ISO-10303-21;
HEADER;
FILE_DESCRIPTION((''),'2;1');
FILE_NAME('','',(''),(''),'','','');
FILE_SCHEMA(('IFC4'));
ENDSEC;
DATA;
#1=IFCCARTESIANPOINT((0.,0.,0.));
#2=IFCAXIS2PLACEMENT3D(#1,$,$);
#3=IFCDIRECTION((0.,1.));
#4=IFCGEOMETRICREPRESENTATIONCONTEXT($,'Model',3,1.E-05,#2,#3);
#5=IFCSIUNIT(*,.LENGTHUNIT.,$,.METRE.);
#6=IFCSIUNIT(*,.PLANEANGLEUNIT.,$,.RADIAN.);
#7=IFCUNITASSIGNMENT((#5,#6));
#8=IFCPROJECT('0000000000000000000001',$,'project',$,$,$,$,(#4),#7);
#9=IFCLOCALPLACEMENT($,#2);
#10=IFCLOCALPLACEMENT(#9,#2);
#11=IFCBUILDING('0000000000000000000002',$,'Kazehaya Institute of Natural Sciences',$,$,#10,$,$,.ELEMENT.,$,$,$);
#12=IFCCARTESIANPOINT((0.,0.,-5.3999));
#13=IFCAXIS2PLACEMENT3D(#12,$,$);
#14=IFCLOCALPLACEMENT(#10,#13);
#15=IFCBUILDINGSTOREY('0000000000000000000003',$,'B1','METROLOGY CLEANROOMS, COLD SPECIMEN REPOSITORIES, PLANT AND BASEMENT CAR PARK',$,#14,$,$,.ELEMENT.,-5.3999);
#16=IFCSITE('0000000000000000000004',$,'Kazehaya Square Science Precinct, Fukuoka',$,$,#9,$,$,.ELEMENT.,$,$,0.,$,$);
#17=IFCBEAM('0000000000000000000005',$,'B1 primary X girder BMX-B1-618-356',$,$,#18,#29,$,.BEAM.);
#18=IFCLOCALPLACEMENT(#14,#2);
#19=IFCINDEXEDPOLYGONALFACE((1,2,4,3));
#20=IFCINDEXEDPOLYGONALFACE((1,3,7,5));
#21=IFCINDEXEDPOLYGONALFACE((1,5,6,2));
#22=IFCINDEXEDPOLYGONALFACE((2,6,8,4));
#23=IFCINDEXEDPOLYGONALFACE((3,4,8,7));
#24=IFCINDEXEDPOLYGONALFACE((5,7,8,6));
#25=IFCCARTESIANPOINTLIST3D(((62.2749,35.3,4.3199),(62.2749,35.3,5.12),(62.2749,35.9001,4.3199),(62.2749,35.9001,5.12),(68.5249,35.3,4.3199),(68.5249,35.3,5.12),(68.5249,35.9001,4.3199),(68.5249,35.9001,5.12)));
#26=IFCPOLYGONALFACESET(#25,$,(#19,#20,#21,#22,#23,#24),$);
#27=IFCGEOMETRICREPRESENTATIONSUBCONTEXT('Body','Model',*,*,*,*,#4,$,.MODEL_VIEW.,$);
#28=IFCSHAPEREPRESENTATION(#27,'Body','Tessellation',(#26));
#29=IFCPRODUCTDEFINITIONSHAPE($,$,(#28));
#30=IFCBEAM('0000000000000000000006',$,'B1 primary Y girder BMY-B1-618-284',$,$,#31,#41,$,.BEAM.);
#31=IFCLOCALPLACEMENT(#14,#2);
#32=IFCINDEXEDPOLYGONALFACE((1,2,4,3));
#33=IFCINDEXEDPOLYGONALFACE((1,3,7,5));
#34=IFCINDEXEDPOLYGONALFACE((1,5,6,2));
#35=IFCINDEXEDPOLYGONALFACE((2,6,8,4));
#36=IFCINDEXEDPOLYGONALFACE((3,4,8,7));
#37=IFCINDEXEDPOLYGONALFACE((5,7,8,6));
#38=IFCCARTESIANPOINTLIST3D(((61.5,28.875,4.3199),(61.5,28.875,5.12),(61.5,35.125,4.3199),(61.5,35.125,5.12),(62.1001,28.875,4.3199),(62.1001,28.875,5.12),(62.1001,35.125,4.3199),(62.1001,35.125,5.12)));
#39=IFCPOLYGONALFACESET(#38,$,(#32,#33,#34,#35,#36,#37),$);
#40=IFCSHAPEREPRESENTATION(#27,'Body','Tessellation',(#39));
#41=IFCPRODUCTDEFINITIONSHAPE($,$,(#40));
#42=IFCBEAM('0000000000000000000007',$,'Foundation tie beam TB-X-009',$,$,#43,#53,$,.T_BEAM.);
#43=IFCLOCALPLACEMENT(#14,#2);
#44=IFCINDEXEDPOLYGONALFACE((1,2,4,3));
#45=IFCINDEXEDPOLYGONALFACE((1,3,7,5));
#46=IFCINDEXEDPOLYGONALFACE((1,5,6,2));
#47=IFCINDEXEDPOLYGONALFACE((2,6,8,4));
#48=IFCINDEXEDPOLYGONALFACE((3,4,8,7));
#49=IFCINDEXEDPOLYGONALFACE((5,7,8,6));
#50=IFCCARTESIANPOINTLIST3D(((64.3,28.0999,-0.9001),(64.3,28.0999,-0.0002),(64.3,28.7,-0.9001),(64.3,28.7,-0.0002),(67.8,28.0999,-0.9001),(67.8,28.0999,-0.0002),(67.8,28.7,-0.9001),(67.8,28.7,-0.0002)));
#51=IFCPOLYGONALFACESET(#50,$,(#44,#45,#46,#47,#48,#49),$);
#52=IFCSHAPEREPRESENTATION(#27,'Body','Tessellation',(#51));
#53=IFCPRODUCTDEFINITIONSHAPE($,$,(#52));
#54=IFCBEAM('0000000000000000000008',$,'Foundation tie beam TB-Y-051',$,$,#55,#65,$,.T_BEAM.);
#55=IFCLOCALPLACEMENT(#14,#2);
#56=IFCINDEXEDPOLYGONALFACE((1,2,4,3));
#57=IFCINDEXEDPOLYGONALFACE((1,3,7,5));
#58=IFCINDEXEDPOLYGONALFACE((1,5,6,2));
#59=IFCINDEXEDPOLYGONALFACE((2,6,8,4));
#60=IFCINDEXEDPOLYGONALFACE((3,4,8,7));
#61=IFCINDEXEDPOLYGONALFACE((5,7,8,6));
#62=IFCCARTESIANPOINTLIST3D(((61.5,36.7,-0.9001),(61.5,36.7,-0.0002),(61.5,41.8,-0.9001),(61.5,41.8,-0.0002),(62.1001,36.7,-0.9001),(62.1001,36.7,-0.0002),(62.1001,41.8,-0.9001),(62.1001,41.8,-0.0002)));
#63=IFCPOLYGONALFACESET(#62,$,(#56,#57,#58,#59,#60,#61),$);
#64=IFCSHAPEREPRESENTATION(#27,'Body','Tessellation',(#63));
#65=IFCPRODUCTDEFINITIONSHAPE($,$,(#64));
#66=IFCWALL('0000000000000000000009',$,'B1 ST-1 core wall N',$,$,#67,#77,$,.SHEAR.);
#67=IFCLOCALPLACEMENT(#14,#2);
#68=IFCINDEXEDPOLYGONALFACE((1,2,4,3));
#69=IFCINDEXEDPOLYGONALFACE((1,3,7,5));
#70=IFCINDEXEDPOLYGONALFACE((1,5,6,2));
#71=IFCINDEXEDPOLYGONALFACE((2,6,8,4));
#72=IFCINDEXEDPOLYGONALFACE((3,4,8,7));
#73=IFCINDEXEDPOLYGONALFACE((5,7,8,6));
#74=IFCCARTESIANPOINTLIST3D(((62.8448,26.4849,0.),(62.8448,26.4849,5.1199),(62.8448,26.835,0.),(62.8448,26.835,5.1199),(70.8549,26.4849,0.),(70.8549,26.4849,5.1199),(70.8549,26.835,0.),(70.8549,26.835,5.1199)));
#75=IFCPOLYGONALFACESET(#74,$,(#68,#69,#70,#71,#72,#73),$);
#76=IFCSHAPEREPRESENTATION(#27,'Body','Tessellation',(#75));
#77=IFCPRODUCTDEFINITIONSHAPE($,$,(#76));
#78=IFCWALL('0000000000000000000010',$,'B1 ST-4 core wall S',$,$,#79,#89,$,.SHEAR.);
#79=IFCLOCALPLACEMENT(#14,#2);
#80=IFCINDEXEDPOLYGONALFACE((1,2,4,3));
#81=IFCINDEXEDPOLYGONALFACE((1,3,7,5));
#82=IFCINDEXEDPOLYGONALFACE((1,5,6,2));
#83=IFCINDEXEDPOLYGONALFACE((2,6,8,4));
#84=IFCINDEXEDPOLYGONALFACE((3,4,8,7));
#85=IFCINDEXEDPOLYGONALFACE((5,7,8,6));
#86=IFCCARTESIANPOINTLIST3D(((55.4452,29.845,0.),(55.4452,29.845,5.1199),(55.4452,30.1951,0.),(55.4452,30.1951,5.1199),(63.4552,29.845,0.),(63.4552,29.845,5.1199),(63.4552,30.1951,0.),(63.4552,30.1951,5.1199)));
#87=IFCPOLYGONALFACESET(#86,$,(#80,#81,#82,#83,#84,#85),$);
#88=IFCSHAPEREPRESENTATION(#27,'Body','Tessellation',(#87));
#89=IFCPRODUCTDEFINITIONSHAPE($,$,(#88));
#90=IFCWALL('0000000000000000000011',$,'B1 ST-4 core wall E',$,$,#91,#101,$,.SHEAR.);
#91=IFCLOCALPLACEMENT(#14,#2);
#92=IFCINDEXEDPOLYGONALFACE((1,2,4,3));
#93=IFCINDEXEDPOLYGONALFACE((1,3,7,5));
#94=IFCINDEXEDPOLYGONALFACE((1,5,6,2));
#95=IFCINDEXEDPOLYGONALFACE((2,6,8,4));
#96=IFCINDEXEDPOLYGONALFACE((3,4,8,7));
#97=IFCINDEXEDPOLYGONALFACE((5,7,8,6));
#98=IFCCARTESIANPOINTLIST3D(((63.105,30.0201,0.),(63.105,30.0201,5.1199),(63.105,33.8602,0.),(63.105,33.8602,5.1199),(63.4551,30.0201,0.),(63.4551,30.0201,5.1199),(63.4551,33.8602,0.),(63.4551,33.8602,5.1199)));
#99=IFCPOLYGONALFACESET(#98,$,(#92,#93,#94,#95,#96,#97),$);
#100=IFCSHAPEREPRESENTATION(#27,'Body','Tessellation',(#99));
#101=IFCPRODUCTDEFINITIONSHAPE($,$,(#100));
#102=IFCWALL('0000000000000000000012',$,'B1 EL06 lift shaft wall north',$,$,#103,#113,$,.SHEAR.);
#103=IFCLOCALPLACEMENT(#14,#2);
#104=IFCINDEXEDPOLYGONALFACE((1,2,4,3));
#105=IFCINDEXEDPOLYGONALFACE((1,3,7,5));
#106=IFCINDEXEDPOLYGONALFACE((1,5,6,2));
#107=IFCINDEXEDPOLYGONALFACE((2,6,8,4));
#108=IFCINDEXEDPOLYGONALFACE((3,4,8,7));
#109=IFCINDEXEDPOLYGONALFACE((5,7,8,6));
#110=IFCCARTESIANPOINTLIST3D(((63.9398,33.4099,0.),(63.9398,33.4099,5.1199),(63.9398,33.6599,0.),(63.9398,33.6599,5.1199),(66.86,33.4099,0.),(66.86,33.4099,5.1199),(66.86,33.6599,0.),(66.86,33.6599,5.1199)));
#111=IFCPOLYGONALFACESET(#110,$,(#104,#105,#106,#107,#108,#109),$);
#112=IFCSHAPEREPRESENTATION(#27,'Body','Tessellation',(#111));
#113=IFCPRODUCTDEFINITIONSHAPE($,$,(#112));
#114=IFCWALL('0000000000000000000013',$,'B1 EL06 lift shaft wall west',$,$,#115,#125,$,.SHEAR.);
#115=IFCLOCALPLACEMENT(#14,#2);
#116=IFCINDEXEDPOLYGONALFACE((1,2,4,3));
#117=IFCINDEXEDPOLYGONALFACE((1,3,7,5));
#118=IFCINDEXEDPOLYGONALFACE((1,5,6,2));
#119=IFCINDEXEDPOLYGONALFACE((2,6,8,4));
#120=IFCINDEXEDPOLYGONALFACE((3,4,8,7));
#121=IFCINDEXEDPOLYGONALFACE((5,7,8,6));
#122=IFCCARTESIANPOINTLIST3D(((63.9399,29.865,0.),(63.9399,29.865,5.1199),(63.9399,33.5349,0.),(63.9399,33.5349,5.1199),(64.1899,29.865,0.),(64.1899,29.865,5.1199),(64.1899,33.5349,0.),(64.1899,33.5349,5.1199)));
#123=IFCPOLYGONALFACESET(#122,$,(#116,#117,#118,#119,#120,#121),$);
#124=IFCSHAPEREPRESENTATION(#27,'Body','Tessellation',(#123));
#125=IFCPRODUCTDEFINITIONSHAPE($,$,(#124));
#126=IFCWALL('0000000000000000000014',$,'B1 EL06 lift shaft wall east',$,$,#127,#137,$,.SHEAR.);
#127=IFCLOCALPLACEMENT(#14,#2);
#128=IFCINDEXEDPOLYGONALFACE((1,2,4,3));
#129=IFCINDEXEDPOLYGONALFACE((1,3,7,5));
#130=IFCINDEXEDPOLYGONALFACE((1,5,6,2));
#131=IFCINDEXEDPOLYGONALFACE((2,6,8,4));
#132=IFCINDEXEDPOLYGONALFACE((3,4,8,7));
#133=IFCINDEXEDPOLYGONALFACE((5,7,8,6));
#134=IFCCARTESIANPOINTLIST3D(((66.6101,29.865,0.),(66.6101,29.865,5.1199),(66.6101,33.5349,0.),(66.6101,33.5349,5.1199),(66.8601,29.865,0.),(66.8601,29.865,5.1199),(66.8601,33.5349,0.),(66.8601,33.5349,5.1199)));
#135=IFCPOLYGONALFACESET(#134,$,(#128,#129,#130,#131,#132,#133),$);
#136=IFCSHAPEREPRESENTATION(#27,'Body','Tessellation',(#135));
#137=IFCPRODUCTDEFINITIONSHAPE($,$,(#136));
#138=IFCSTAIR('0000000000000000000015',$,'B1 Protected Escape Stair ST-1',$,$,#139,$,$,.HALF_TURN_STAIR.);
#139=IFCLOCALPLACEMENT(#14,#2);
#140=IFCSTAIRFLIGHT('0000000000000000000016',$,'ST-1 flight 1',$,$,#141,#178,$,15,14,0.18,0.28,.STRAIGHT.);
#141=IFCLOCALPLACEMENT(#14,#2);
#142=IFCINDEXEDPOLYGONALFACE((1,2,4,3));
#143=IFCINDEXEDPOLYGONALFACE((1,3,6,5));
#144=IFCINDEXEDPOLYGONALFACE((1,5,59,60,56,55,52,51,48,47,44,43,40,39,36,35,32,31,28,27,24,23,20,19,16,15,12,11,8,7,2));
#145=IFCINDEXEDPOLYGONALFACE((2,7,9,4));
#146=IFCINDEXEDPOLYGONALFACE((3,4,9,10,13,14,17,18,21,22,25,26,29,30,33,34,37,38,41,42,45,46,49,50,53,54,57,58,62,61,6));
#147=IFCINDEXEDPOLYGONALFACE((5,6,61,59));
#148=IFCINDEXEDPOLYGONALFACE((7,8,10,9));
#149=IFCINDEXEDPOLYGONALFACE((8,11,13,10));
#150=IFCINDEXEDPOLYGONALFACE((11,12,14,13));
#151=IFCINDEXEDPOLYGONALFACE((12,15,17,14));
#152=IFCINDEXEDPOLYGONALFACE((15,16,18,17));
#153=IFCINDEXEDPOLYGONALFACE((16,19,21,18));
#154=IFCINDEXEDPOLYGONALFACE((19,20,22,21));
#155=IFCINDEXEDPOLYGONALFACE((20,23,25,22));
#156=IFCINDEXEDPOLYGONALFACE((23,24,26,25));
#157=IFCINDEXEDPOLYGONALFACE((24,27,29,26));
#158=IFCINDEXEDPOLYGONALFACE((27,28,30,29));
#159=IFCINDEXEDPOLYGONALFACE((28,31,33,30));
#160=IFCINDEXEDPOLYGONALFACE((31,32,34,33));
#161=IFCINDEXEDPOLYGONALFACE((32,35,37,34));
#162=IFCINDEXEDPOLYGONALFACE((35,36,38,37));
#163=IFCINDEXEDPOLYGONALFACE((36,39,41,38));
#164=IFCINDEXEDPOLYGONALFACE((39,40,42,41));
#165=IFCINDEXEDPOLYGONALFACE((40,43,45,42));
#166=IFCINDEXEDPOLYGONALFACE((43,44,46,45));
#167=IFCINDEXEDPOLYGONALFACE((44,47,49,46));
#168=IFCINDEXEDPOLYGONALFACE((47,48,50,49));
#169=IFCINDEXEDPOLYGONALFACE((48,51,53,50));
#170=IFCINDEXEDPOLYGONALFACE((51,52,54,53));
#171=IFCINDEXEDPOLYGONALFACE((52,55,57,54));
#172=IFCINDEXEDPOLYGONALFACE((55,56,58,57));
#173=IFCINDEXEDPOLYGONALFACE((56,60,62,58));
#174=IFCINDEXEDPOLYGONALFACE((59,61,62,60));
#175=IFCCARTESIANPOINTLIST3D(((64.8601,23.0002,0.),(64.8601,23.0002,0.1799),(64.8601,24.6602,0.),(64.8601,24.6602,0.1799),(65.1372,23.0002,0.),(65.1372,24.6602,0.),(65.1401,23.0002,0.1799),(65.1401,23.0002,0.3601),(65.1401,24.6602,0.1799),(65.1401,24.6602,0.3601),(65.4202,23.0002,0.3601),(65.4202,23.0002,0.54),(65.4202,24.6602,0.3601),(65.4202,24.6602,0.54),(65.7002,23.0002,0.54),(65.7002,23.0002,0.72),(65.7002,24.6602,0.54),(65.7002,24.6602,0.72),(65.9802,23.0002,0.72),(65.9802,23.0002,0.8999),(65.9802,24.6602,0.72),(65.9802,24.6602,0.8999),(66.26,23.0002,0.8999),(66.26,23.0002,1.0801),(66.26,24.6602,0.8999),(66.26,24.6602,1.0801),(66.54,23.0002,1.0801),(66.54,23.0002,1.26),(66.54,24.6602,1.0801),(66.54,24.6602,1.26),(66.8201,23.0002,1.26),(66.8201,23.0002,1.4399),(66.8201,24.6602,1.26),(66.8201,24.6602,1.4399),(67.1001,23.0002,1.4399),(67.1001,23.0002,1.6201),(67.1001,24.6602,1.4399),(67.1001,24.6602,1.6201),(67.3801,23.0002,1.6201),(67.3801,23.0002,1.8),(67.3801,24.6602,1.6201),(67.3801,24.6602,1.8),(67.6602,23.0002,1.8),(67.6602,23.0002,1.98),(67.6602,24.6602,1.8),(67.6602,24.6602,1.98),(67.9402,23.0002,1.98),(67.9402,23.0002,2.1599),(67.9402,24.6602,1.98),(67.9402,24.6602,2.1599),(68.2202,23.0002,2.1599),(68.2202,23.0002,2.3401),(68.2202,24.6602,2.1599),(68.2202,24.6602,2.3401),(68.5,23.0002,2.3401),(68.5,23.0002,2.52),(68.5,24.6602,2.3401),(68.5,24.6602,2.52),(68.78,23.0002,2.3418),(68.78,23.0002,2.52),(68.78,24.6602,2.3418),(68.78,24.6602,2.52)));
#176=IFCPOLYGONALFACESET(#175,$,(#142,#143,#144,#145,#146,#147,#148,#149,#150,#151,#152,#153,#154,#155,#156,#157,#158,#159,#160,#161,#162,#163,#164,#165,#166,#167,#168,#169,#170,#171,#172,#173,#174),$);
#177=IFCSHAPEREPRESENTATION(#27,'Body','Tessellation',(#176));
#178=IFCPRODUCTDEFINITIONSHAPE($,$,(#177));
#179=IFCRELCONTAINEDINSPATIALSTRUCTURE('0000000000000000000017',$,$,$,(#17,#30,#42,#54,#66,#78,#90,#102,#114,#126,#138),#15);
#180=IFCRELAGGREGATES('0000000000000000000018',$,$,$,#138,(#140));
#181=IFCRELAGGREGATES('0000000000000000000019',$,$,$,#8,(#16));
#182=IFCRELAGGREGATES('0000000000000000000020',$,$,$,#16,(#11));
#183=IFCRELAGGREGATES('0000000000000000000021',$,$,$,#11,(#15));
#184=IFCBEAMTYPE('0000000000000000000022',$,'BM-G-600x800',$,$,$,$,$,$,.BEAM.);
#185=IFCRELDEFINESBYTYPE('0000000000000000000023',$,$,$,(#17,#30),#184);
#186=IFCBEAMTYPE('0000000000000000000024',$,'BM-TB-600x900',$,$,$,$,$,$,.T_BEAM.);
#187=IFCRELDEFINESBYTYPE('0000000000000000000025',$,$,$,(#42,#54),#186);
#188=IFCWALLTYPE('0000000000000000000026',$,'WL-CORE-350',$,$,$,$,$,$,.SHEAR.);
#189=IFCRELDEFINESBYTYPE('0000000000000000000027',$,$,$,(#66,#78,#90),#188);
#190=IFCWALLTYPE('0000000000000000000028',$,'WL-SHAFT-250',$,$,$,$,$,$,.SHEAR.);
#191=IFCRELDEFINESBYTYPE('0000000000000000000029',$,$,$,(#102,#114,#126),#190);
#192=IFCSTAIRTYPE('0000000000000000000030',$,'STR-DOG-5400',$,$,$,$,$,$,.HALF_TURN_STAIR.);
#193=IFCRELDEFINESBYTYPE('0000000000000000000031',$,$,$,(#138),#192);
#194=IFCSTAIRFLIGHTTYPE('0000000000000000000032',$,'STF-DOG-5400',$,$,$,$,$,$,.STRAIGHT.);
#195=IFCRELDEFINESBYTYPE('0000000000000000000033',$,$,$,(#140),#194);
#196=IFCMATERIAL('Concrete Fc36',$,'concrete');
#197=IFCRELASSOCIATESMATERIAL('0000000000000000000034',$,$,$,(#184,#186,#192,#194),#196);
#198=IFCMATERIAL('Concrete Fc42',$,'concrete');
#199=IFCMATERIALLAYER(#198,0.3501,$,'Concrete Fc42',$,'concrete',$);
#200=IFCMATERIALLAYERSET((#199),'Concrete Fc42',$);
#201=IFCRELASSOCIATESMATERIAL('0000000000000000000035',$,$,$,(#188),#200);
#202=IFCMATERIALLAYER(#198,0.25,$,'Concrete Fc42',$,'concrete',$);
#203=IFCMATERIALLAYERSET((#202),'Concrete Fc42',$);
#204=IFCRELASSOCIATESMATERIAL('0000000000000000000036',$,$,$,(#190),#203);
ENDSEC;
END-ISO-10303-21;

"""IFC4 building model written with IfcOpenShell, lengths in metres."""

from ifc_helpers import new_model, si_unit, direction, frame, frame_2d, origin, origin_2d, place, context, subcontext, project, spatial, polyline, rectangle, outline, extrude, material, layer, layer_set, material_profile, profile_set, type_object, element, aggregate, save


model = new_model("IFC4")

# Units and contexts
model_context = context("Model", 3, precision=1e-05, world=origin(), true_north=direction((0.0, 1.0)))
body_context = subcontext(model_context, "Body", "Model", "MODEL_VIEW")
ifc_project = project(units=[si_unit("LENGTHUNIT", "METRE"), si_unit("PLANEANGLEUNIT", "RADIAN")], contexts=[model_context])

# Site, building, storey
site_placement = place(None, origin())
site = spatial("IfcSite", under=ifc_project, at=site_placement, Name="Kazehaya Square Science Precinct, Fukuoka", CompositionType="ELEMENT", RefElevation=0.0)
building_placement = place(site_placement, origin())
building = spatial("IfcBuilding", under=site, at=building_placement, Name="Kazehaya Institute of Natural Sciences", CompositionType="ELEMENT")
storey_placement = place(building_placement, frame((0.0, 0.0, -5.3999)))
storey = spatial("IfcBuildingStorey", under=building, at=storey_placement, Name="B1", Description="METROLOGY CLEANROOMS, COLD SPECIMEN REPOSITORIES, PLANT AND BASEMENT CAR PARK", CompositionType="ELEMENT", Elevation=-5.3999)

# Shared definitions
ifc_material_1 = material(Name="Concrete Fc36", Category="concrete")

# Shared definitions
ifc_material_2 = material(Name="Concrete Fc42", Category="concrete")

# Beams
ifc_material_profile_1 = material_profile(ifc_material_1, rectangle(XDim=0.6001, YDim=0.8, at=origin_2d()), Name="RC-600x800")
ifc_profile_set_1 = profile_set([ifc_material_profile_1], Name="Concrete Fc36")
beam_type_1 = type_object("IfcBeamType", Name="BM-G-600x800", PredefinedType="BEAM", material=ifc_profile_set_1)
for number, where, z_axis, x_axis, name in (
    (1, (62.2749, 35.6001, 4.72), (1.0, 0.0, 0.0), (0.0, 1.0, 0.0), "B1 primary X girder BMX-B1-618-356"),
    (2, (61.8, 28.875, 4.72), (0.0, 1.0, 0.0), (-1.0, 0.0, 0.0), "B1 primary Y girder BMY-B1-618-284"),
):
    element("IfcBeam", number, at=place(storey_placement, frame(where, z_axis=z_axis, x_axis=x_axis)), inside=storey, type_object=beam_type_1, Name=name, PredefinedType="BEAM", context=body_context, shape_type="SweptSolid", body=[
        extrude(rectangle(XDim=0.6001, YDim=0.8, at=origin_2d()), origin(), (0.0, 0.0, 1.0), 6.25),
    ])
ifc_material_profile_2 = material_profile(ifc_material_1, rectangle(XDim=0.6001, YDim=0.8999, at=origin_2d()), Name="RC-600x900")
ifc_profile_set_2 = profile_set([ifc_material_profile_2], Name="Concrete Fc36")
beam_type_2 = type_object("IfcBeamType", Name="BM-TB-600x900", PredefinedType="T_BEAM", material=ifc_profile_set_2)
beam_1_placement = place(storey_placement, frame((64.3, 28.3999, -0.4502), z_axis=(1.0, 0.0, 0.0), x_axis=(0.0, 1.0, 0.0)))
element("IfcBeam", 3, at=beam_1_placement, inside=storey, type_object=beam_type_2, Name="Foundation tie beam TB-X-009", PredefinedType="T_BEAM", context=body_context, shape_type="SweptSolid", body=[
    extrude(rectangle(XDim=0.6001, YDim=0.8999, at=origin_2d()), origin(), (0.0, 0.0, 1.0), 3.5),
])
beam_2_placement = place(storey_placement, frame((61.8, 36.7, -0.4502), z_axis=(0.0, 1.0, 0.0), x_axis=(-1.0, 0.0, 0.0)))
element("IfcBeam", 4, at=beam_2_placement, inside=storey, type_object=beam_type_2, Name="Foundation tie beam TB-Y-051", PredefinedType="T_BEAM", context=body_context, shape_type="SweptSolid", body=[
    extrude(rectangle(XDim=0.6001, YDim=0.8999, at=origin_2d()), origin(), (0.0, 0.0, 1.0), 5.1001),
])

# Wall
ifc_layer_1 = layer(ifc_material_2, 0.3501, Name="Concrete Fc42", Category="concrete")
ifc_layer_set_1 = layer_set([ifc_layer_1], Name="Concrete Fc42")
wall_type_1 = type_object("IfcWallType", Name="WL-CORE-350", PredefinedType="SHEAR", material=ifc_layer_set_1)
wall_1_placement = place(storey_placement, frame((62.845, 26.6599, 0.0), z_axis=(0.0, 0.0, 1.0), x_axis=(1.0, 0.0, 0.0)))
element("IfcWall", 5, at=wall_1_placement, inside=storey, type_object=wall_type_1, Name="B1 ST-1 core wall N", PredefinedType="SHEAR", context=body_context, shape_type="SweptSolid", body=[
    extrude(rectangle(XDim=8.01, YDim=0.3501, at=frame_2d((4.0049, 0.0))), origin(), (0.0, 0.0, 1.0), 5.1199),
])

# Walls
wall_2_placement = place(storey_placement, frame((63.4551, 30.02, 0.0), z_axis=(0.0, 0.0, 1.0), x_axis=(-1.0, 0.0, 0.0)))
element("IfcWall", 6, at=wall_2_placement, inside=storey, type_object=wall_type_1, Name="B1 ST-4 core wall S", PredefinedType="SHEAR", context=body_context, shape_type="SweptSolid", body=[
    extrude(rectangle(XDim=8.01, YDim=0.3501, at=frame_2d((4.0049, 0.0))), origin(), (0.0, 0.0, 1.0), 5.1199),
])
wall_3_placement = place(storey_placement, frame((63.28, 33.8601, 0.0), z_axis=(0.0, 0.0, 1.0), x_axis=(0.0, -1.0, 0.0)))
element("IfcWall", 7, at=wall_3_placement, inside=storey, type_object=wall_type_1, Name="B1 ST-4 core wall E", PredefinedType="SHEAR", context=body_context, shape_type="SweptSolid", body=[
    extrude(rectangle(XDim=3.8401, YDim=0.3501, at=frame_2d((1.9199, 0.0))), origin(), (0.0, 0.0, 1.0), 5.1199),
])
ifc_layer_2 = layer(ifc_material_2, 0.25, Name="Concrete Fc42", Category="concrete")
ifc_layer_set_2 = layer_set([ifc_layer_2], Name="Concrete Fc42")
wall_type_2 = type_object("IfcWallType", Name="WL-SHAFT-250", PredefinedType="SHEAR", material=ifc_layer_set_2)
wall_4_placement = place(storey_placement, frame((63.9399, 33.5349, 0.0), z_axis=(0.0, 0.0, 1.0), x_axis=(1.0, 0.0, 0.0)))
element("IfcWall", 8, at=wall_4_placement, inside=storey, type_object=wall_type_2, Name="B1 EL06 lift shaft wall north", PredefinedType="SHEAR", context=body_context, shape_type="SweptSolid", body=[
    extrude(rectangle(XDim=2.9202, YDim=0.25, at=frame_2d((1.46, 0.0))), origin(), (0.0, 0.0, 1.0), 5.1199),
])
for number, where, z_axis, x_axis, name in (
    (9, (64.0649, 29.865, 0.0), (0.0, 0.0, 1.0), (0.0, 1.0, 0.0), "B1 EL06 lift shaft wall west"),
    (10, (66.7351, 33.5349, 0.0), (0.0, 0.0, 1.0), (0.0, -1.0, 0.0), "B1 EL06 lift shaft wall east"),
):
    element("IfcWall", number, at=place(storey_placement, frame(where, z_axis=z_axis, x_axis=x_axis)), inside=storey, type_object=wall_type_2, Name=name, PredefinedType="SHEAR", context=body_context, shape_type="SweptSolid", body=[
        extrude(rectangle(XDim=3.6699, YDim=0.25, at=frame_2d((1.835, 0.0))), origin(), (0.0, 0.0, 1.0), 5.1199),
    ])

# Stair, stair flight
stair_type = type_object("IfcStairType", Name="STR-DOG-5400", PredefinedType="HALF_TURN_STAIR", material=ifc_material_1)
stair_placement = place(storey_placement, origin())
stair = element("IfcStair", 11, at=stair_placement, inside=storey, type_object=stair_type, Name="B1 Protected Escape Stair ST-1", PredefinedType="HALF_TURN_STAIR")
stair_flight_type = type_object("IfcStairFlightType", Name="STF-DOG-5400", PredefinedType="STRAIGHT", material=ifc_material_1)
stair_flight_placement = place(storey_placement, frame((64.8601, 23.8301, 0.0), z_axis=(0.0, 0.0, 1.0), x_axis=(1.0, 0.0, 0.0)))
stair_flight = element("IfcStairFlight", 12, at=stair_flight_placement, type_object=stair_flight_type, Name="ST-1 flight 1", NumberOfRisers=15, NumberOfTreads=14, PredefinedType="STRAIGHT", RiserHeight=0.18, TreadLength=0.28, context=body_context, shape_type="SweptSolid", body=[
    extrude(outline(polyline([(0.0, 0.0), (0.0, 0.1799), (0.28, 0.1799), (0.28, 0.3601), (0.5601, 0.3601), (0.5601, 0.54), (0.8401, 0.54), (0.8401, 0.72), (1.1201, 0.72), (1.1201, 0.8999), (1.3999, 0.8999), (1.3999, 1.0801), (1.6799, 1.0801), (1.6799, 1.26), (1.96, 1.26), (1.96, 1.4399), (2.24, 1.4399), (2.24, 1.6201), (2.52, 1.6201), (2.52, 1.8), (2.8, 1.8), (2.8, 1.98), (3.0801, 1.98), (3.0801, 2.1599), (3.3601, 2.1599), (3.3601, 2.3401), (3.6399, 2.3401), (3.6399, 2.52), (3.9199, 2.52), (3.9199, 2.7), (3.9199, 2.3418), (0.2771, 0.0), (0.0, 0.0)])), frame((0.0, 0.8301, 0.0), z_axis=(0.0, -1.0, 0.0), x_axis=(1.0, 0.0, 0.0)), (0.0, 0.0, 1.0), 1.6599),
])
aggregate(stair, [stair_flight])

save(model, "model.ifc")
